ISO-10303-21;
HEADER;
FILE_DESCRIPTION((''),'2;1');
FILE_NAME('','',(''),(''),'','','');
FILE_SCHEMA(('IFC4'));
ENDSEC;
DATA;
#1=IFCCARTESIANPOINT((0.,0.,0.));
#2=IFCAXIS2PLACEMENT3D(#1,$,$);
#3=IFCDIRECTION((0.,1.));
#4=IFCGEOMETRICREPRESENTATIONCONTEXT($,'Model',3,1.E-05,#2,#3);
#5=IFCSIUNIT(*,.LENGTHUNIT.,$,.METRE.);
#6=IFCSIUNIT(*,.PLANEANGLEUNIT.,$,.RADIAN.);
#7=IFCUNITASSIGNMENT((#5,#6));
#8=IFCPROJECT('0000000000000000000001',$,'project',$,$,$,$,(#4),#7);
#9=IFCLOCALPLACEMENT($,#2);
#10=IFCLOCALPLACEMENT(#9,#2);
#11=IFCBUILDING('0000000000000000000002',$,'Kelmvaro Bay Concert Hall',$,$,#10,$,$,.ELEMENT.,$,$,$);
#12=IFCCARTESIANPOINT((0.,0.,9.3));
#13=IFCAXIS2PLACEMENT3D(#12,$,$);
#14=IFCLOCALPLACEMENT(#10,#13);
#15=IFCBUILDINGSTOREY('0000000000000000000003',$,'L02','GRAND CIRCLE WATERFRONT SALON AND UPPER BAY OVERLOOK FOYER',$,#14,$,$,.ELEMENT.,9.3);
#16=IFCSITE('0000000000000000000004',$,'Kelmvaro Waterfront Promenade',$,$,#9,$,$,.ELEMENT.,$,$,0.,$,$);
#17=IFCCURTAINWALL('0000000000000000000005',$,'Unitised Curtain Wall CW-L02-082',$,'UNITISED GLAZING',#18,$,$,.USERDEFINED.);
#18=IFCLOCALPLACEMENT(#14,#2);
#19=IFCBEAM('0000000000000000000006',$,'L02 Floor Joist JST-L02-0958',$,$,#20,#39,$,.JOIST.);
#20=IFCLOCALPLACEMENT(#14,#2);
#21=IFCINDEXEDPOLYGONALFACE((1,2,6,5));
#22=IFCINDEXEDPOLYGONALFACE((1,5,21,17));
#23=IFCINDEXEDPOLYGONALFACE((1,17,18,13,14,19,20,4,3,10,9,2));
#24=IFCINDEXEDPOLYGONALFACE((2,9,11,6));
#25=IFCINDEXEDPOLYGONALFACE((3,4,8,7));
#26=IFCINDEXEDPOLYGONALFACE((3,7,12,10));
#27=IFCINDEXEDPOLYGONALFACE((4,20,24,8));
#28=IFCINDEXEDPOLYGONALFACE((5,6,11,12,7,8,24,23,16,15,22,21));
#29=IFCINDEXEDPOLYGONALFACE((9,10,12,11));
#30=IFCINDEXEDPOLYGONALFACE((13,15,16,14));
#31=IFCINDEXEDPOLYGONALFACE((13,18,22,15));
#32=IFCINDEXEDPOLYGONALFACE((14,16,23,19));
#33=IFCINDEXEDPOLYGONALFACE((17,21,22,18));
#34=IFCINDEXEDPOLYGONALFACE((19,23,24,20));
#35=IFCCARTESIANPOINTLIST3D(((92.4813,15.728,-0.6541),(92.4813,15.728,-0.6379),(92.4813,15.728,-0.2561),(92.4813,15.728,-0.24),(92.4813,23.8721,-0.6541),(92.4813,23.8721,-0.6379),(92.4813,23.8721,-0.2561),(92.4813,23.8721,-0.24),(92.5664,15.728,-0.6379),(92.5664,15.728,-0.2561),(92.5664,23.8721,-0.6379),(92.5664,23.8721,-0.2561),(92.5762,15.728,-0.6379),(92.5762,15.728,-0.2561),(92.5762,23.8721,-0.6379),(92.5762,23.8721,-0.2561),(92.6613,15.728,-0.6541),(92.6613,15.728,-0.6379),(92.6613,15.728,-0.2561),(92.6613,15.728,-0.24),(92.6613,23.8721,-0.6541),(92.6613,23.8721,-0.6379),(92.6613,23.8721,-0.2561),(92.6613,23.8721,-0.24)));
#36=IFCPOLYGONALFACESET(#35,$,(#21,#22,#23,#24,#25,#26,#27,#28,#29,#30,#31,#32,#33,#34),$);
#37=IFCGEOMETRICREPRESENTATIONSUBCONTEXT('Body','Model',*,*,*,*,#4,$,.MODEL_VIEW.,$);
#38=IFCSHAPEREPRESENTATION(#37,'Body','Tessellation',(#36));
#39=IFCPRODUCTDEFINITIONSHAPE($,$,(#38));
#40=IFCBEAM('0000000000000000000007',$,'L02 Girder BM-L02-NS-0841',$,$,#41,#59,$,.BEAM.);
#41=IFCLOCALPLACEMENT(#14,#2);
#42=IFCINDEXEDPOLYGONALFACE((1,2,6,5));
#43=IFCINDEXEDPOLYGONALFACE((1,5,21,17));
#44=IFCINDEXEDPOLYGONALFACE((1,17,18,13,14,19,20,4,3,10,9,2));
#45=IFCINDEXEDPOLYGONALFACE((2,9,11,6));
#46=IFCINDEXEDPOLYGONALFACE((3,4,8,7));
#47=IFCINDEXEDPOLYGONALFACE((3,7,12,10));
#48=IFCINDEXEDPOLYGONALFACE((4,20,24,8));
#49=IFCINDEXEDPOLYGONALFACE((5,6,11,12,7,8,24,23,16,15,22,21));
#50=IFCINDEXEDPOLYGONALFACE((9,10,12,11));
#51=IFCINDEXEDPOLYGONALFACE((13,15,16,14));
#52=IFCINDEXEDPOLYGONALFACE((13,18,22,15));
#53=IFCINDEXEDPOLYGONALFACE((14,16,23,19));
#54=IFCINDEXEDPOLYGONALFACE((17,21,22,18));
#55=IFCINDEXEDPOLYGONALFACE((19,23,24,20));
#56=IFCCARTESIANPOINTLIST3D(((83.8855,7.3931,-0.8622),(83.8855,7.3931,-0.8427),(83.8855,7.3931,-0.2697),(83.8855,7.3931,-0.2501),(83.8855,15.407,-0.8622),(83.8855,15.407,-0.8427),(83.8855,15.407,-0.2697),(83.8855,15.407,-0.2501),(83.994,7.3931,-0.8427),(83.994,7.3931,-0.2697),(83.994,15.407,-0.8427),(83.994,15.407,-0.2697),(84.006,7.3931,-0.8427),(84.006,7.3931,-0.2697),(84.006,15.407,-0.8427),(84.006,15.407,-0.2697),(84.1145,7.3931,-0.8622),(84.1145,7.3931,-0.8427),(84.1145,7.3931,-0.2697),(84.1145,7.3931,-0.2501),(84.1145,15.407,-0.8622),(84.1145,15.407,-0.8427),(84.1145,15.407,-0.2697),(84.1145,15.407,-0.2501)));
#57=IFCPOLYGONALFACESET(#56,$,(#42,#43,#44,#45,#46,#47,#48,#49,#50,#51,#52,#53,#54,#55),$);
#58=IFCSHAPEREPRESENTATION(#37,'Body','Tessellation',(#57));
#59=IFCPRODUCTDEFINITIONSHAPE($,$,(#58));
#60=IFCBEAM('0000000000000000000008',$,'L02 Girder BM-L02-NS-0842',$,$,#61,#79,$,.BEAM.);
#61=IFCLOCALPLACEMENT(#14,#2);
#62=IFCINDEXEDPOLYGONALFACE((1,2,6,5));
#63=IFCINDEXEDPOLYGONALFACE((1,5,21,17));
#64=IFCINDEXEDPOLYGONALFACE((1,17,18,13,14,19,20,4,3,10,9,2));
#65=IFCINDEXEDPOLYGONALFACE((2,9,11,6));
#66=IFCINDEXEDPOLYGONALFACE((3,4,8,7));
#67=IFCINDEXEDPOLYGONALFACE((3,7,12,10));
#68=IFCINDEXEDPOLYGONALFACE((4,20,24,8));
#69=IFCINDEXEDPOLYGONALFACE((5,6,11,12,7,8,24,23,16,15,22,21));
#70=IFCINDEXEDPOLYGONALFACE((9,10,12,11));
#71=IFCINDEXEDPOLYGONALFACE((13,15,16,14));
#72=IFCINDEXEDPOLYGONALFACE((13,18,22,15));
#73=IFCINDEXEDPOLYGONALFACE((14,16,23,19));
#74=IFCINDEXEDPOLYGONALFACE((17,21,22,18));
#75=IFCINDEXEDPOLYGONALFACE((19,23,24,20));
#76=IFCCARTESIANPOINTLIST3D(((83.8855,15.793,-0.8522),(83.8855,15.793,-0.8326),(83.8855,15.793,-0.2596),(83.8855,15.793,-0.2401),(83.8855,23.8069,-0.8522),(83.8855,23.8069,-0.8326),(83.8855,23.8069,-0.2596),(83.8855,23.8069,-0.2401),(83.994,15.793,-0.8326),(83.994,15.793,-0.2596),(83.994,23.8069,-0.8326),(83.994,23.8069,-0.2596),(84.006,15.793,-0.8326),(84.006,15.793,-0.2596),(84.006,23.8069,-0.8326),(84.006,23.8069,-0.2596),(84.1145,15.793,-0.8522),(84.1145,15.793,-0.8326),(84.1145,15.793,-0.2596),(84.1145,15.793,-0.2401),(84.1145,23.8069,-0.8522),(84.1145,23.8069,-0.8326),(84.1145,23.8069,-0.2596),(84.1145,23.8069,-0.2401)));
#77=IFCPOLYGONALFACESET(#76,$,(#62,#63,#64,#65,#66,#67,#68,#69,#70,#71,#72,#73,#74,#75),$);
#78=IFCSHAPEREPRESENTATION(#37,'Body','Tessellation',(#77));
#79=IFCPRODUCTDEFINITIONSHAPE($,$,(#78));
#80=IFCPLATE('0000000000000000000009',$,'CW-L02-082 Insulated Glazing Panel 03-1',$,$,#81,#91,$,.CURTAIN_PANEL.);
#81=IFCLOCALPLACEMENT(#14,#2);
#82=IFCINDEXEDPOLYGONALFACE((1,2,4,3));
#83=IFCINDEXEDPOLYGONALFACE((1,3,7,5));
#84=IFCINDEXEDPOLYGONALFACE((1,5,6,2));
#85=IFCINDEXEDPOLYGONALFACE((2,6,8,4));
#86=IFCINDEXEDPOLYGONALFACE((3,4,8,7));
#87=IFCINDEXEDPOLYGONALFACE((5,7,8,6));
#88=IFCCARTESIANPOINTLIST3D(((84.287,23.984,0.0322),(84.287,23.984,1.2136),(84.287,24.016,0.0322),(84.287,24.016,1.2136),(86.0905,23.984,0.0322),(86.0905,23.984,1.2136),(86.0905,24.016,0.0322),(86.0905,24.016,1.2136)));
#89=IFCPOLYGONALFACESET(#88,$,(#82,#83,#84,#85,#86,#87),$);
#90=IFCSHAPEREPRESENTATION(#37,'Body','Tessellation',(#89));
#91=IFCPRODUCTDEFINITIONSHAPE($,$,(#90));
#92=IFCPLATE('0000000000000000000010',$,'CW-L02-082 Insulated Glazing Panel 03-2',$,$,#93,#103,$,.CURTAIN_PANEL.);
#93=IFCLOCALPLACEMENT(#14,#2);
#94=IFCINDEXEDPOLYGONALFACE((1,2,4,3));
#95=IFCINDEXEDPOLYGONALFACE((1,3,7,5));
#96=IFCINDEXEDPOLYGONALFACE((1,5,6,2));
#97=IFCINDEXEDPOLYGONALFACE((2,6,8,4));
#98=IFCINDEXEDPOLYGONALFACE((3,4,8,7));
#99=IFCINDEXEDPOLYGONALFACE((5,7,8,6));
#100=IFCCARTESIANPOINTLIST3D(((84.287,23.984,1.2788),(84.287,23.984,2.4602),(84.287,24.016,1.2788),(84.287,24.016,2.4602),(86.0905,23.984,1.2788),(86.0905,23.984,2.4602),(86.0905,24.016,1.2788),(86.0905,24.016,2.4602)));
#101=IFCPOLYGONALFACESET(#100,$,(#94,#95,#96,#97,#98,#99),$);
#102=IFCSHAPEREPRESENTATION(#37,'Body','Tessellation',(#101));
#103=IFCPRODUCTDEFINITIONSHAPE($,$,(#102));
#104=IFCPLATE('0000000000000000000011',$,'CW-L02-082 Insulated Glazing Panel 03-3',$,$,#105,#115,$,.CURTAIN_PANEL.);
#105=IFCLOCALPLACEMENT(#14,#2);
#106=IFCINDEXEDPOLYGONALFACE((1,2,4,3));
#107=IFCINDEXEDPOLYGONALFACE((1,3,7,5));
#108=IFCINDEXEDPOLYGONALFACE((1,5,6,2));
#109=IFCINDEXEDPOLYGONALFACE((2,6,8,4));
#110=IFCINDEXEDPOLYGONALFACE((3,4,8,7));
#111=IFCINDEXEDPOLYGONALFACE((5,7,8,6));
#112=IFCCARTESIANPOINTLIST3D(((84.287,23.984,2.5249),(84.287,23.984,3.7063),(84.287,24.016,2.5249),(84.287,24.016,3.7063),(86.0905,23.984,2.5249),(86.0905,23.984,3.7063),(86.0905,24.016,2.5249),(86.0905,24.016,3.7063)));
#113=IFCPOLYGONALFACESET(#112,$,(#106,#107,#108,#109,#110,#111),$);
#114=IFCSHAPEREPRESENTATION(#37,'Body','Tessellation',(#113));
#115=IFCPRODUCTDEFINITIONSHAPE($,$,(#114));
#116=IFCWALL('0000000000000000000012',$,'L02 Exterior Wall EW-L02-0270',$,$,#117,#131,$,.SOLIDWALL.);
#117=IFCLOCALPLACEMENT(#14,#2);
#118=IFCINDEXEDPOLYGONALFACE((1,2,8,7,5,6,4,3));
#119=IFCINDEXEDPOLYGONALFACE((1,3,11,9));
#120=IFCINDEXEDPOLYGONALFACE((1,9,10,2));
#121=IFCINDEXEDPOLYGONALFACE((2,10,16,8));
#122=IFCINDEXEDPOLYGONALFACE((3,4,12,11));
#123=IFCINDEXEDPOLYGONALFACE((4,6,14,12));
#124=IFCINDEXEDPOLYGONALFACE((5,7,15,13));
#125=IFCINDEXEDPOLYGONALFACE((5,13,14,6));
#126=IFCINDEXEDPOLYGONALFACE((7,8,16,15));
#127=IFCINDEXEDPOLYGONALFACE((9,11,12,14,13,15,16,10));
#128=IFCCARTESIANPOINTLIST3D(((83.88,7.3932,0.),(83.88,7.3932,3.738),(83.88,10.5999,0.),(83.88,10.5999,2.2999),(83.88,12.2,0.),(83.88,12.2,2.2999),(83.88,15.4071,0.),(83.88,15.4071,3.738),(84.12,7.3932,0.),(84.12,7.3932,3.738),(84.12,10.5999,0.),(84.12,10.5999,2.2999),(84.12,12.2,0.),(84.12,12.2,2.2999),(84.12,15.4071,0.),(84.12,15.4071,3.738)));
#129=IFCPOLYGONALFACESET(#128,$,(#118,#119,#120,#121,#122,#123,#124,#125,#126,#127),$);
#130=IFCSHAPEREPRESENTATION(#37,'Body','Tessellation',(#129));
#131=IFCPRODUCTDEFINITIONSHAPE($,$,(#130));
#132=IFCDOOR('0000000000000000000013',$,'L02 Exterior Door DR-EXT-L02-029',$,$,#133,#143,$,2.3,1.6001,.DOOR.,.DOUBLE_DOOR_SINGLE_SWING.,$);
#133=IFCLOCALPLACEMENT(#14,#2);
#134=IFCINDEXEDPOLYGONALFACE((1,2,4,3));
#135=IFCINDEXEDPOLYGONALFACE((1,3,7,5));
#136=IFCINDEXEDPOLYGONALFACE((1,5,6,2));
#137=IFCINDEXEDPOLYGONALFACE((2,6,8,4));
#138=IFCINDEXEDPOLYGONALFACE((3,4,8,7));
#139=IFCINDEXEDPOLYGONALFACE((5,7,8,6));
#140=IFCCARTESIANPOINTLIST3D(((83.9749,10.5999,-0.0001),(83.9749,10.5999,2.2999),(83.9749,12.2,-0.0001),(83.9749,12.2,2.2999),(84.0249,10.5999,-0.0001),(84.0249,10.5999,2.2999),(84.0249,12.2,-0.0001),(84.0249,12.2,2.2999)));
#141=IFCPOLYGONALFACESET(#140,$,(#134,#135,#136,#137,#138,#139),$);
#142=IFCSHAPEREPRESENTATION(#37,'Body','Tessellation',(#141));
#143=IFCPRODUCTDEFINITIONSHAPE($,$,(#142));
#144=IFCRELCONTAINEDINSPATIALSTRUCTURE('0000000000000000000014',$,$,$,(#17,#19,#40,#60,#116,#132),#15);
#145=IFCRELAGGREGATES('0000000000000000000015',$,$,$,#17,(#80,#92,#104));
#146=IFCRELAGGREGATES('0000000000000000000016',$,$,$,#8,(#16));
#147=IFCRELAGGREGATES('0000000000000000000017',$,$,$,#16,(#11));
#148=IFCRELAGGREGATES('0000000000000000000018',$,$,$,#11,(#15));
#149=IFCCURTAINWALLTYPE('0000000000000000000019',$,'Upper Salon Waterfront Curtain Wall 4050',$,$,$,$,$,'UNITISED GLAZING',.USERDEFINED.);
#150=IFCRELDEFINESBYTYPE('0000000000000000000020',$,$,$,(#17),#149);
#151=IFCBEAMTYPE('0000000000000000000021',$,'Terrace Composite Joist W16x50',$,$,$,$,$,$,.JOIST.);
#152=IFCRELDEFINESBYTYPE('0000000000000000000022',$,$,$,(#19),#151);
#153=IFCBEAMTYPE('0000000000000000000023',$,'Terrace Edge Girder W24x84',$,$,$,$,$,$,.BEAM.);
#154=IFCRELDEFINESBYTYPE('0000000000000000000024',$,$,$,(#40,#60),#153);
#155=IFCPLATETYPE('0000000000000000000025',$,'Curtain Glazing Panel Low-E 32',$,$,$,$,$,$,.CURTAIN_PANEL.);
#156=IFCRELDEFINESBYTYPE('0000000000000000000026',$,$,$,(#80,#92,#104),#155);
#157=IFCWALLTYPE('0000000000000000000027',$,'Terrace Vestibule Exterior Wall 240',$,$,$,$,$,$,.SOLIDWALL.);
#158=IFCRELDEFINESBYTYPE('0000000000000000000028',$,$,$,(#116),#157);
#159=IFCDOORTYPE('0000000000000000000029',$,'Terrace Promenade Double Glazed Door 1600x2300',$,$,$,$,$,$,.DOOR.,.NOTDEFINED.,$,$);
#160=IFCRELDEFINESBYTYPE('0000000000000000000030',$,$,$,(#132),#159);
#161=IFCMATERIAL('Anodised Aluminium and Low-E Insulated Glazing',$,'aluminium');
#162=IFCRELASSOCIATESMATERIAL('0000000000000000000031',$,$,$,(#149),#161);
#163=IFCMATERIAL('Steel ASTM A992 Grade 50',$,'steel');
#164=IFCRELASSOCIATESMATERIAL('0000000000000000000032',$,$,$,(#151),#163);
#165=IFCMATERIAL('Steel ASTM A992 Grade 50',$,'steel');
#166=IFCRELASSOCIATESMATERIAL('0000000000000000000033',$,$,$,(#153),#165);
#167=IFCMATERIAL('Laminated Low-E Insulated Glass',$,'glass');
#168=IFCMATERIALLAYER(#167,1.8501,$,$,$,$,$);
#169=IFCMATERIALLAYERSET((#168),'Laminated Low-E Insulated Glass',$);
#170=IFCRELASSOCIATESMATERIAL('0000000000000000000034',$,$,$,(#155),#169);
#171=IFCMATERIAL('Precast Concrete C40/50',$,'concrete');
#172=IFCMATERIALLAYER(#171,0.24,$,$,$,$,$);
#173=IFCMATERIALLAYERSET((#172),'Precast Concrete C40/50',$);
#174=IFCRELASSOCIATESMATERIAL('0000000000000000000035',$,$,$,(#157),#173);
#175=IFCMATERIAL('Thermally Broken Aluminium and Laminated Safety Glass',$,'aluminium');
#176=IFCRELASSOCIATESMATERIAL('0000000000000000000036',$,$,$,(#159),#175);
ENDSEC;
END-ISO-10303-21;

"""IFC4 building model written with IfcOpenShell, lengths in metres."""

from ifc_helpers import new_model, si_unit, direction, frame, frame_2d, origin, origin_2d, place, context, subcontext, project, spatial, rectangle, i_section, extrude, material, layer, layer_set, material_profile, profile_set, type_object, element, fill, aggregate, save


model = new_model("IFC4")

# Units and contexts
model_context = context("Model", 3, precision=1e-05, world=origin(), true_north=direction((0.0, 1.0)))
body_context = subcontext(model_context, "Body", "Model", "MODEL_VIEW")
ifc_project = project(units=[si_unit("LENGTHUNIT", "METRE"), si_unit("PLANEANGLEUNIT", "RADIAN")], contexts=[model_context])

# Site, building, storey
site_placement = place(None, origin())
site = spatial("IfcSite", under=ifc_project, at=site_placement, Name="Kelmvaro Waterfront Promenade", CompositionType="ELEMENT", RefElevation=0.0)
building_placement = place(site_placement, origin())
building = spatial("IfcBuilding", under=site, at=building_placement, Name="Kelmvaro Bay Concert Hall", CompositionType="ELEMENT")
storey_placement = place(building_placement, frame((0.0, 0.0, 9.3)))
storey = spatial("IfcBuildingStorey", under=building, at=storey_placement, Name="L02", Description="GRAND CIRCLE WATERFRONT SALON AND UPPER BAY OVERLOOK FOYER", CompositionType="ELEMENT", Elevation=9.3)

# Curtain wall
ifc_material_1 = material(Name="Anodised Aluminium and Low-E Insulated Glazing", Category="aluminium")
curtain_wall_type = type_object("IfcCurtainWallType", Name="Upper Salon Waterfront Curtain Wall 4050", ElementType="UNITISED GLAZING", PredefinedType="USERDEFINED", material=ifc_material_1)
curtain_wall_1_placement = place(storey_placement, origin())
curtain_wall_1 = element("IfcCurtainWall", 1, at=curtain_wall_1_placement, inside=storey, type_object=curtain_wall_type, Name="Unitised Curtain Wall CW-L02-082", ObjectType="UNITISED GLAZING", PredefinedType="USERDEFINED")

# Beams
ifc_material_2 = material(Name="Steel ASTM A992 Grade 50", Category="steel")
ifc_material_profile_1 = material_profile(ifc_material_2, i_section(OverallWidth=0.1799, OverallDepth=0.4141, WebThickness=0.0098, FlangeThickness=0.0161, at=origin_2d()), Name="W16X50")
ifc_profile_set_1 = profile_set([ifc_material_profile_1], Name="Steel ASTM A992 Grade 50")
beam_type_1 = type_object("IfcBeamType", Name="Terrace Composite Joist W16x50", PredefinedType="JOIST", material=ifc_profile_set_1)
for number, where, z_axis, x_axis, name in (
    (2, (92.5713, 15.728, -0.447), (0.0, 1.0, 0.0), (-1.0, 0.0, 0.0), "L02 Floor Joist JST-L02-0958"),
):
    element("IfcBeam", number, at=place(storey_placement, frame(where, z_axis=z_axis, x_axis=x_axis)), inside=storey, type_object=beam_type_1, Name=name, PredefinedType="JOIST", context=body_context, shape_type="SweptSolid", body=[
        extrude(i_section(OverallWidth=0.1799, OverallDepth=0.4141, WebThickness=0.0098, FlangeThickness=0.0161, at=origin_2d()), origin(), (0.0, 0.0, 1.0), 8.144),
    ])
ifc_material_3 = material(Name="Steel ASTM A992 Grade 50", Category="steel")
ifc_material_profile_2 = material_profile(ifc_material_3, i_section(OverallWidth=0.229, OverallDepth=0.6121, WebThickness=0.012, FlangeThickness=0.0195, at=origin_2d()), Name="W24X84")
ifc_profile_set_2 = profile_set([ifc_material_profile_2], Name="Steel ASTM A992 Grade 50")
beam_type_2 = type_object("IfcBeamType", Name="Terrace Edge Girder W24x84", PredefinedType="BEAM", material=ifc_profile_set_2)
for number, where, z_axis, x_axis, name in (
    (3, (84.0, 7.3931, -0.5562), (0.0, 1.0, 0.0), (-1.0, 0.0, 0.0), "L02 Girder BM-L02-NS-0841"),
    (4, (84.0, 15.793, -0.5461), (0.0, 1.0, 0.0), (-1.0, 0.0, 0.0), "L02 Girder BM-L02-NS-0842"),
):
    element("IfcBeam", number, at=place(storey_placement, frame(where, z_axis=z_axis, x_axis=x_axis)), inside=storey, type_object=beam_type_2, Name=name, PredefinedType="BEAM", context=body_context, shape_type="SweptSolid", body=[
        extrude(i_section(OverallWidth=0.229, OverallDepth=0.6121, WebThickness=0.012, FlangeThickness=0.0195, at=origin_2d()), origin(), (0.0, 0.0, 1.0), 8.0139),
    ])

# Plates
ifc_material_4 = material(Name="Laminated Low-E Insulated Glass", Category="glass")
ifc_layer_1 = layer(ifc_material_4, 1.8501)
ifc_layer_set_1 = layer_set([ifc_layer_1], Name="Laminated Low-E Insulated Glass")
plate_type = type_object("IfcPlateType", Name="Curtain Glazing Panel Low-E 32", PredefinedType="CURTAIN_PANEL", material=ifc_layer_set_1)
plate_1_placement = place(storey_placement, frame((85.1887, 24.0, 0.0322), z_axis=(0.0, 0.0, 1.0), x_axis=(-1.0, 0.0, 0.0)))
plate_1 = element("IfcPlate", 5, at=plate_1_placement, type_object=plate_type, Name="CW-L02-082 Insulated Glazing Panel 03-1", PredefinedType="CURTAIN_PANEL", context=body_context, shape_type="SweptSolid", body=[
    extrude(rectangle(XDim=1.8035, YDim=0.032, at=origin_2d()), origin(), (0.0, 0.0, 1.0), 1.1814),
])
plate_2_placement = place(storey_placement, frame((85.1887, 24.0, 1.2788), z_axis=(0.0, 0.0, 1.0), x_axis=(-1.0, 0.0, 0.0)))
plate_2 = element("IfcPlate", 6, at=plate_2_placement, type_object=plate_type, Name="CW-L02-082 Insulated Glazing Panel 03-2", PredefinedType="CURTAIN_PANEL", context=body_context, shape_type="SweptSolid", body=[
    extrude(rectangle(XDim=1.8035, YDim=0.032, at=origin_2d()), origin(), (0.0, 0.0, 1.0), 1.1814),
])
plate_3_placement = place(storey_placement, frame((85.1887, 24.0, 2.5249), z_axis=(0.0, 0.0, 1.0), x_axis=(-1.0, 0.0, 0.0)))
plate_3 = element("IfcPlate", 7, at=plate_3_placement, type_object=plate_type, Name="CW-L02-082 Insulated Glazing Panel 03-3", PredefinedType="CURTAIN_PANEL", context=body_context, shape_type="SweptSolid", body=[
    extrude(rectangle(XDim=1.8035, YDim=0.032, at=origin_2d()), origin(), (0.0, 0.0, 1.0), 1.1814),
])
aggregate(curtain_wall_1, [plate_1, plate_2, plate_3])

# Wall, opening, door
ifc_material_5 = material(Name="Precast Concrete C40/50", Category="concrete")
ifc_layer_2 = layer(ifc_material_5, 0.24)
ifc_layer_set_2 = layer_set([ifc_layer_2], Name="Precast Concrete C40/50")
wall_type = type_object("IfcWallType", Name="Terrace Vestibule Exterior Wall 240", PredefinedType="SOLIDWALL", material=ifc_layer_set_2)
wall_placement = place(storey_placement, frame((84.0, 15.407, 0.0), z_axis=(0.0, 0.0, 1.0), x_axis=(0.0, -1.0, 0.0)))
wall = element("IfcWall", 8, at=wall_placement, inside=storey, type_object=wall_type, Name="L02 Exterior Wall EW-L02-0270", PredefinedType="SOLIDWALL", context=body_context, shape_type="SweptSolid", body=[
    extrude(rectangle(XDim=8.0139, YDim=0.24, at=frame_2d((4.0068, 0.0))), origin(), (0.0, 0.0, 1.0), 3.738),
])
opening_placement = place(wall_placement, frame((3.207, 0.0, 0.0)))
opening = element("IfcOpeningElement", 9, at=opening_placement, cuts=wall, PredefinedType="OPENING", context=body_context, shape_type="SweptSolid", body=[
    extrude(rectangle(XDim=1.6001, YDim=2.3, at=frame_2d((0.8, 1.1499))), frame((0.0, 0.1299, 0.0), z_axis=(0.0, -1.0, 0.0), x_axis=(1.0, 0.0, 0.0)), (0.0, 0.0, 1.0), 0.26),
])
ifc_material_6 = material(Name="Thermally Broken Aluminium and Laminated Safety Glass", Category="aluminium")
door_type = type_object("IfcDoorType", Name="Terrace Promenade Double Glazed Door 1600x2300", OperationType="NOTDEFINED", PredefinedType="DOOR", material=ifc_material_6)
door_placement = place(opening_placement, origin())
door = element("IfcDoor", 10, at=door_placement, inside=storey, type_object=door_type, Name="L02 Exterior Door DR-EXT-L02-029", OperationType="DOUBLE_DOOR_SINGLE_SWING", OverallHeight=2.3, OverallWidth=1.6001, PredefinedType="DOOR", context=body_context, shape_type="SweptSolid", body=[
    extrude(rectangle(XDim=1.6001, YDim=2.3, at=frame_2d((0.8, 1.1499))), frame((0.0, 0.0249, 0.0), z_axis=(0.0, -1.0, 0.0), x_axis=(1.0, 0.0, 0.0)), (0.0, 0.0, 1.0), 0.05),
])
fill(opening, door)

save(model, "model.ifc")
